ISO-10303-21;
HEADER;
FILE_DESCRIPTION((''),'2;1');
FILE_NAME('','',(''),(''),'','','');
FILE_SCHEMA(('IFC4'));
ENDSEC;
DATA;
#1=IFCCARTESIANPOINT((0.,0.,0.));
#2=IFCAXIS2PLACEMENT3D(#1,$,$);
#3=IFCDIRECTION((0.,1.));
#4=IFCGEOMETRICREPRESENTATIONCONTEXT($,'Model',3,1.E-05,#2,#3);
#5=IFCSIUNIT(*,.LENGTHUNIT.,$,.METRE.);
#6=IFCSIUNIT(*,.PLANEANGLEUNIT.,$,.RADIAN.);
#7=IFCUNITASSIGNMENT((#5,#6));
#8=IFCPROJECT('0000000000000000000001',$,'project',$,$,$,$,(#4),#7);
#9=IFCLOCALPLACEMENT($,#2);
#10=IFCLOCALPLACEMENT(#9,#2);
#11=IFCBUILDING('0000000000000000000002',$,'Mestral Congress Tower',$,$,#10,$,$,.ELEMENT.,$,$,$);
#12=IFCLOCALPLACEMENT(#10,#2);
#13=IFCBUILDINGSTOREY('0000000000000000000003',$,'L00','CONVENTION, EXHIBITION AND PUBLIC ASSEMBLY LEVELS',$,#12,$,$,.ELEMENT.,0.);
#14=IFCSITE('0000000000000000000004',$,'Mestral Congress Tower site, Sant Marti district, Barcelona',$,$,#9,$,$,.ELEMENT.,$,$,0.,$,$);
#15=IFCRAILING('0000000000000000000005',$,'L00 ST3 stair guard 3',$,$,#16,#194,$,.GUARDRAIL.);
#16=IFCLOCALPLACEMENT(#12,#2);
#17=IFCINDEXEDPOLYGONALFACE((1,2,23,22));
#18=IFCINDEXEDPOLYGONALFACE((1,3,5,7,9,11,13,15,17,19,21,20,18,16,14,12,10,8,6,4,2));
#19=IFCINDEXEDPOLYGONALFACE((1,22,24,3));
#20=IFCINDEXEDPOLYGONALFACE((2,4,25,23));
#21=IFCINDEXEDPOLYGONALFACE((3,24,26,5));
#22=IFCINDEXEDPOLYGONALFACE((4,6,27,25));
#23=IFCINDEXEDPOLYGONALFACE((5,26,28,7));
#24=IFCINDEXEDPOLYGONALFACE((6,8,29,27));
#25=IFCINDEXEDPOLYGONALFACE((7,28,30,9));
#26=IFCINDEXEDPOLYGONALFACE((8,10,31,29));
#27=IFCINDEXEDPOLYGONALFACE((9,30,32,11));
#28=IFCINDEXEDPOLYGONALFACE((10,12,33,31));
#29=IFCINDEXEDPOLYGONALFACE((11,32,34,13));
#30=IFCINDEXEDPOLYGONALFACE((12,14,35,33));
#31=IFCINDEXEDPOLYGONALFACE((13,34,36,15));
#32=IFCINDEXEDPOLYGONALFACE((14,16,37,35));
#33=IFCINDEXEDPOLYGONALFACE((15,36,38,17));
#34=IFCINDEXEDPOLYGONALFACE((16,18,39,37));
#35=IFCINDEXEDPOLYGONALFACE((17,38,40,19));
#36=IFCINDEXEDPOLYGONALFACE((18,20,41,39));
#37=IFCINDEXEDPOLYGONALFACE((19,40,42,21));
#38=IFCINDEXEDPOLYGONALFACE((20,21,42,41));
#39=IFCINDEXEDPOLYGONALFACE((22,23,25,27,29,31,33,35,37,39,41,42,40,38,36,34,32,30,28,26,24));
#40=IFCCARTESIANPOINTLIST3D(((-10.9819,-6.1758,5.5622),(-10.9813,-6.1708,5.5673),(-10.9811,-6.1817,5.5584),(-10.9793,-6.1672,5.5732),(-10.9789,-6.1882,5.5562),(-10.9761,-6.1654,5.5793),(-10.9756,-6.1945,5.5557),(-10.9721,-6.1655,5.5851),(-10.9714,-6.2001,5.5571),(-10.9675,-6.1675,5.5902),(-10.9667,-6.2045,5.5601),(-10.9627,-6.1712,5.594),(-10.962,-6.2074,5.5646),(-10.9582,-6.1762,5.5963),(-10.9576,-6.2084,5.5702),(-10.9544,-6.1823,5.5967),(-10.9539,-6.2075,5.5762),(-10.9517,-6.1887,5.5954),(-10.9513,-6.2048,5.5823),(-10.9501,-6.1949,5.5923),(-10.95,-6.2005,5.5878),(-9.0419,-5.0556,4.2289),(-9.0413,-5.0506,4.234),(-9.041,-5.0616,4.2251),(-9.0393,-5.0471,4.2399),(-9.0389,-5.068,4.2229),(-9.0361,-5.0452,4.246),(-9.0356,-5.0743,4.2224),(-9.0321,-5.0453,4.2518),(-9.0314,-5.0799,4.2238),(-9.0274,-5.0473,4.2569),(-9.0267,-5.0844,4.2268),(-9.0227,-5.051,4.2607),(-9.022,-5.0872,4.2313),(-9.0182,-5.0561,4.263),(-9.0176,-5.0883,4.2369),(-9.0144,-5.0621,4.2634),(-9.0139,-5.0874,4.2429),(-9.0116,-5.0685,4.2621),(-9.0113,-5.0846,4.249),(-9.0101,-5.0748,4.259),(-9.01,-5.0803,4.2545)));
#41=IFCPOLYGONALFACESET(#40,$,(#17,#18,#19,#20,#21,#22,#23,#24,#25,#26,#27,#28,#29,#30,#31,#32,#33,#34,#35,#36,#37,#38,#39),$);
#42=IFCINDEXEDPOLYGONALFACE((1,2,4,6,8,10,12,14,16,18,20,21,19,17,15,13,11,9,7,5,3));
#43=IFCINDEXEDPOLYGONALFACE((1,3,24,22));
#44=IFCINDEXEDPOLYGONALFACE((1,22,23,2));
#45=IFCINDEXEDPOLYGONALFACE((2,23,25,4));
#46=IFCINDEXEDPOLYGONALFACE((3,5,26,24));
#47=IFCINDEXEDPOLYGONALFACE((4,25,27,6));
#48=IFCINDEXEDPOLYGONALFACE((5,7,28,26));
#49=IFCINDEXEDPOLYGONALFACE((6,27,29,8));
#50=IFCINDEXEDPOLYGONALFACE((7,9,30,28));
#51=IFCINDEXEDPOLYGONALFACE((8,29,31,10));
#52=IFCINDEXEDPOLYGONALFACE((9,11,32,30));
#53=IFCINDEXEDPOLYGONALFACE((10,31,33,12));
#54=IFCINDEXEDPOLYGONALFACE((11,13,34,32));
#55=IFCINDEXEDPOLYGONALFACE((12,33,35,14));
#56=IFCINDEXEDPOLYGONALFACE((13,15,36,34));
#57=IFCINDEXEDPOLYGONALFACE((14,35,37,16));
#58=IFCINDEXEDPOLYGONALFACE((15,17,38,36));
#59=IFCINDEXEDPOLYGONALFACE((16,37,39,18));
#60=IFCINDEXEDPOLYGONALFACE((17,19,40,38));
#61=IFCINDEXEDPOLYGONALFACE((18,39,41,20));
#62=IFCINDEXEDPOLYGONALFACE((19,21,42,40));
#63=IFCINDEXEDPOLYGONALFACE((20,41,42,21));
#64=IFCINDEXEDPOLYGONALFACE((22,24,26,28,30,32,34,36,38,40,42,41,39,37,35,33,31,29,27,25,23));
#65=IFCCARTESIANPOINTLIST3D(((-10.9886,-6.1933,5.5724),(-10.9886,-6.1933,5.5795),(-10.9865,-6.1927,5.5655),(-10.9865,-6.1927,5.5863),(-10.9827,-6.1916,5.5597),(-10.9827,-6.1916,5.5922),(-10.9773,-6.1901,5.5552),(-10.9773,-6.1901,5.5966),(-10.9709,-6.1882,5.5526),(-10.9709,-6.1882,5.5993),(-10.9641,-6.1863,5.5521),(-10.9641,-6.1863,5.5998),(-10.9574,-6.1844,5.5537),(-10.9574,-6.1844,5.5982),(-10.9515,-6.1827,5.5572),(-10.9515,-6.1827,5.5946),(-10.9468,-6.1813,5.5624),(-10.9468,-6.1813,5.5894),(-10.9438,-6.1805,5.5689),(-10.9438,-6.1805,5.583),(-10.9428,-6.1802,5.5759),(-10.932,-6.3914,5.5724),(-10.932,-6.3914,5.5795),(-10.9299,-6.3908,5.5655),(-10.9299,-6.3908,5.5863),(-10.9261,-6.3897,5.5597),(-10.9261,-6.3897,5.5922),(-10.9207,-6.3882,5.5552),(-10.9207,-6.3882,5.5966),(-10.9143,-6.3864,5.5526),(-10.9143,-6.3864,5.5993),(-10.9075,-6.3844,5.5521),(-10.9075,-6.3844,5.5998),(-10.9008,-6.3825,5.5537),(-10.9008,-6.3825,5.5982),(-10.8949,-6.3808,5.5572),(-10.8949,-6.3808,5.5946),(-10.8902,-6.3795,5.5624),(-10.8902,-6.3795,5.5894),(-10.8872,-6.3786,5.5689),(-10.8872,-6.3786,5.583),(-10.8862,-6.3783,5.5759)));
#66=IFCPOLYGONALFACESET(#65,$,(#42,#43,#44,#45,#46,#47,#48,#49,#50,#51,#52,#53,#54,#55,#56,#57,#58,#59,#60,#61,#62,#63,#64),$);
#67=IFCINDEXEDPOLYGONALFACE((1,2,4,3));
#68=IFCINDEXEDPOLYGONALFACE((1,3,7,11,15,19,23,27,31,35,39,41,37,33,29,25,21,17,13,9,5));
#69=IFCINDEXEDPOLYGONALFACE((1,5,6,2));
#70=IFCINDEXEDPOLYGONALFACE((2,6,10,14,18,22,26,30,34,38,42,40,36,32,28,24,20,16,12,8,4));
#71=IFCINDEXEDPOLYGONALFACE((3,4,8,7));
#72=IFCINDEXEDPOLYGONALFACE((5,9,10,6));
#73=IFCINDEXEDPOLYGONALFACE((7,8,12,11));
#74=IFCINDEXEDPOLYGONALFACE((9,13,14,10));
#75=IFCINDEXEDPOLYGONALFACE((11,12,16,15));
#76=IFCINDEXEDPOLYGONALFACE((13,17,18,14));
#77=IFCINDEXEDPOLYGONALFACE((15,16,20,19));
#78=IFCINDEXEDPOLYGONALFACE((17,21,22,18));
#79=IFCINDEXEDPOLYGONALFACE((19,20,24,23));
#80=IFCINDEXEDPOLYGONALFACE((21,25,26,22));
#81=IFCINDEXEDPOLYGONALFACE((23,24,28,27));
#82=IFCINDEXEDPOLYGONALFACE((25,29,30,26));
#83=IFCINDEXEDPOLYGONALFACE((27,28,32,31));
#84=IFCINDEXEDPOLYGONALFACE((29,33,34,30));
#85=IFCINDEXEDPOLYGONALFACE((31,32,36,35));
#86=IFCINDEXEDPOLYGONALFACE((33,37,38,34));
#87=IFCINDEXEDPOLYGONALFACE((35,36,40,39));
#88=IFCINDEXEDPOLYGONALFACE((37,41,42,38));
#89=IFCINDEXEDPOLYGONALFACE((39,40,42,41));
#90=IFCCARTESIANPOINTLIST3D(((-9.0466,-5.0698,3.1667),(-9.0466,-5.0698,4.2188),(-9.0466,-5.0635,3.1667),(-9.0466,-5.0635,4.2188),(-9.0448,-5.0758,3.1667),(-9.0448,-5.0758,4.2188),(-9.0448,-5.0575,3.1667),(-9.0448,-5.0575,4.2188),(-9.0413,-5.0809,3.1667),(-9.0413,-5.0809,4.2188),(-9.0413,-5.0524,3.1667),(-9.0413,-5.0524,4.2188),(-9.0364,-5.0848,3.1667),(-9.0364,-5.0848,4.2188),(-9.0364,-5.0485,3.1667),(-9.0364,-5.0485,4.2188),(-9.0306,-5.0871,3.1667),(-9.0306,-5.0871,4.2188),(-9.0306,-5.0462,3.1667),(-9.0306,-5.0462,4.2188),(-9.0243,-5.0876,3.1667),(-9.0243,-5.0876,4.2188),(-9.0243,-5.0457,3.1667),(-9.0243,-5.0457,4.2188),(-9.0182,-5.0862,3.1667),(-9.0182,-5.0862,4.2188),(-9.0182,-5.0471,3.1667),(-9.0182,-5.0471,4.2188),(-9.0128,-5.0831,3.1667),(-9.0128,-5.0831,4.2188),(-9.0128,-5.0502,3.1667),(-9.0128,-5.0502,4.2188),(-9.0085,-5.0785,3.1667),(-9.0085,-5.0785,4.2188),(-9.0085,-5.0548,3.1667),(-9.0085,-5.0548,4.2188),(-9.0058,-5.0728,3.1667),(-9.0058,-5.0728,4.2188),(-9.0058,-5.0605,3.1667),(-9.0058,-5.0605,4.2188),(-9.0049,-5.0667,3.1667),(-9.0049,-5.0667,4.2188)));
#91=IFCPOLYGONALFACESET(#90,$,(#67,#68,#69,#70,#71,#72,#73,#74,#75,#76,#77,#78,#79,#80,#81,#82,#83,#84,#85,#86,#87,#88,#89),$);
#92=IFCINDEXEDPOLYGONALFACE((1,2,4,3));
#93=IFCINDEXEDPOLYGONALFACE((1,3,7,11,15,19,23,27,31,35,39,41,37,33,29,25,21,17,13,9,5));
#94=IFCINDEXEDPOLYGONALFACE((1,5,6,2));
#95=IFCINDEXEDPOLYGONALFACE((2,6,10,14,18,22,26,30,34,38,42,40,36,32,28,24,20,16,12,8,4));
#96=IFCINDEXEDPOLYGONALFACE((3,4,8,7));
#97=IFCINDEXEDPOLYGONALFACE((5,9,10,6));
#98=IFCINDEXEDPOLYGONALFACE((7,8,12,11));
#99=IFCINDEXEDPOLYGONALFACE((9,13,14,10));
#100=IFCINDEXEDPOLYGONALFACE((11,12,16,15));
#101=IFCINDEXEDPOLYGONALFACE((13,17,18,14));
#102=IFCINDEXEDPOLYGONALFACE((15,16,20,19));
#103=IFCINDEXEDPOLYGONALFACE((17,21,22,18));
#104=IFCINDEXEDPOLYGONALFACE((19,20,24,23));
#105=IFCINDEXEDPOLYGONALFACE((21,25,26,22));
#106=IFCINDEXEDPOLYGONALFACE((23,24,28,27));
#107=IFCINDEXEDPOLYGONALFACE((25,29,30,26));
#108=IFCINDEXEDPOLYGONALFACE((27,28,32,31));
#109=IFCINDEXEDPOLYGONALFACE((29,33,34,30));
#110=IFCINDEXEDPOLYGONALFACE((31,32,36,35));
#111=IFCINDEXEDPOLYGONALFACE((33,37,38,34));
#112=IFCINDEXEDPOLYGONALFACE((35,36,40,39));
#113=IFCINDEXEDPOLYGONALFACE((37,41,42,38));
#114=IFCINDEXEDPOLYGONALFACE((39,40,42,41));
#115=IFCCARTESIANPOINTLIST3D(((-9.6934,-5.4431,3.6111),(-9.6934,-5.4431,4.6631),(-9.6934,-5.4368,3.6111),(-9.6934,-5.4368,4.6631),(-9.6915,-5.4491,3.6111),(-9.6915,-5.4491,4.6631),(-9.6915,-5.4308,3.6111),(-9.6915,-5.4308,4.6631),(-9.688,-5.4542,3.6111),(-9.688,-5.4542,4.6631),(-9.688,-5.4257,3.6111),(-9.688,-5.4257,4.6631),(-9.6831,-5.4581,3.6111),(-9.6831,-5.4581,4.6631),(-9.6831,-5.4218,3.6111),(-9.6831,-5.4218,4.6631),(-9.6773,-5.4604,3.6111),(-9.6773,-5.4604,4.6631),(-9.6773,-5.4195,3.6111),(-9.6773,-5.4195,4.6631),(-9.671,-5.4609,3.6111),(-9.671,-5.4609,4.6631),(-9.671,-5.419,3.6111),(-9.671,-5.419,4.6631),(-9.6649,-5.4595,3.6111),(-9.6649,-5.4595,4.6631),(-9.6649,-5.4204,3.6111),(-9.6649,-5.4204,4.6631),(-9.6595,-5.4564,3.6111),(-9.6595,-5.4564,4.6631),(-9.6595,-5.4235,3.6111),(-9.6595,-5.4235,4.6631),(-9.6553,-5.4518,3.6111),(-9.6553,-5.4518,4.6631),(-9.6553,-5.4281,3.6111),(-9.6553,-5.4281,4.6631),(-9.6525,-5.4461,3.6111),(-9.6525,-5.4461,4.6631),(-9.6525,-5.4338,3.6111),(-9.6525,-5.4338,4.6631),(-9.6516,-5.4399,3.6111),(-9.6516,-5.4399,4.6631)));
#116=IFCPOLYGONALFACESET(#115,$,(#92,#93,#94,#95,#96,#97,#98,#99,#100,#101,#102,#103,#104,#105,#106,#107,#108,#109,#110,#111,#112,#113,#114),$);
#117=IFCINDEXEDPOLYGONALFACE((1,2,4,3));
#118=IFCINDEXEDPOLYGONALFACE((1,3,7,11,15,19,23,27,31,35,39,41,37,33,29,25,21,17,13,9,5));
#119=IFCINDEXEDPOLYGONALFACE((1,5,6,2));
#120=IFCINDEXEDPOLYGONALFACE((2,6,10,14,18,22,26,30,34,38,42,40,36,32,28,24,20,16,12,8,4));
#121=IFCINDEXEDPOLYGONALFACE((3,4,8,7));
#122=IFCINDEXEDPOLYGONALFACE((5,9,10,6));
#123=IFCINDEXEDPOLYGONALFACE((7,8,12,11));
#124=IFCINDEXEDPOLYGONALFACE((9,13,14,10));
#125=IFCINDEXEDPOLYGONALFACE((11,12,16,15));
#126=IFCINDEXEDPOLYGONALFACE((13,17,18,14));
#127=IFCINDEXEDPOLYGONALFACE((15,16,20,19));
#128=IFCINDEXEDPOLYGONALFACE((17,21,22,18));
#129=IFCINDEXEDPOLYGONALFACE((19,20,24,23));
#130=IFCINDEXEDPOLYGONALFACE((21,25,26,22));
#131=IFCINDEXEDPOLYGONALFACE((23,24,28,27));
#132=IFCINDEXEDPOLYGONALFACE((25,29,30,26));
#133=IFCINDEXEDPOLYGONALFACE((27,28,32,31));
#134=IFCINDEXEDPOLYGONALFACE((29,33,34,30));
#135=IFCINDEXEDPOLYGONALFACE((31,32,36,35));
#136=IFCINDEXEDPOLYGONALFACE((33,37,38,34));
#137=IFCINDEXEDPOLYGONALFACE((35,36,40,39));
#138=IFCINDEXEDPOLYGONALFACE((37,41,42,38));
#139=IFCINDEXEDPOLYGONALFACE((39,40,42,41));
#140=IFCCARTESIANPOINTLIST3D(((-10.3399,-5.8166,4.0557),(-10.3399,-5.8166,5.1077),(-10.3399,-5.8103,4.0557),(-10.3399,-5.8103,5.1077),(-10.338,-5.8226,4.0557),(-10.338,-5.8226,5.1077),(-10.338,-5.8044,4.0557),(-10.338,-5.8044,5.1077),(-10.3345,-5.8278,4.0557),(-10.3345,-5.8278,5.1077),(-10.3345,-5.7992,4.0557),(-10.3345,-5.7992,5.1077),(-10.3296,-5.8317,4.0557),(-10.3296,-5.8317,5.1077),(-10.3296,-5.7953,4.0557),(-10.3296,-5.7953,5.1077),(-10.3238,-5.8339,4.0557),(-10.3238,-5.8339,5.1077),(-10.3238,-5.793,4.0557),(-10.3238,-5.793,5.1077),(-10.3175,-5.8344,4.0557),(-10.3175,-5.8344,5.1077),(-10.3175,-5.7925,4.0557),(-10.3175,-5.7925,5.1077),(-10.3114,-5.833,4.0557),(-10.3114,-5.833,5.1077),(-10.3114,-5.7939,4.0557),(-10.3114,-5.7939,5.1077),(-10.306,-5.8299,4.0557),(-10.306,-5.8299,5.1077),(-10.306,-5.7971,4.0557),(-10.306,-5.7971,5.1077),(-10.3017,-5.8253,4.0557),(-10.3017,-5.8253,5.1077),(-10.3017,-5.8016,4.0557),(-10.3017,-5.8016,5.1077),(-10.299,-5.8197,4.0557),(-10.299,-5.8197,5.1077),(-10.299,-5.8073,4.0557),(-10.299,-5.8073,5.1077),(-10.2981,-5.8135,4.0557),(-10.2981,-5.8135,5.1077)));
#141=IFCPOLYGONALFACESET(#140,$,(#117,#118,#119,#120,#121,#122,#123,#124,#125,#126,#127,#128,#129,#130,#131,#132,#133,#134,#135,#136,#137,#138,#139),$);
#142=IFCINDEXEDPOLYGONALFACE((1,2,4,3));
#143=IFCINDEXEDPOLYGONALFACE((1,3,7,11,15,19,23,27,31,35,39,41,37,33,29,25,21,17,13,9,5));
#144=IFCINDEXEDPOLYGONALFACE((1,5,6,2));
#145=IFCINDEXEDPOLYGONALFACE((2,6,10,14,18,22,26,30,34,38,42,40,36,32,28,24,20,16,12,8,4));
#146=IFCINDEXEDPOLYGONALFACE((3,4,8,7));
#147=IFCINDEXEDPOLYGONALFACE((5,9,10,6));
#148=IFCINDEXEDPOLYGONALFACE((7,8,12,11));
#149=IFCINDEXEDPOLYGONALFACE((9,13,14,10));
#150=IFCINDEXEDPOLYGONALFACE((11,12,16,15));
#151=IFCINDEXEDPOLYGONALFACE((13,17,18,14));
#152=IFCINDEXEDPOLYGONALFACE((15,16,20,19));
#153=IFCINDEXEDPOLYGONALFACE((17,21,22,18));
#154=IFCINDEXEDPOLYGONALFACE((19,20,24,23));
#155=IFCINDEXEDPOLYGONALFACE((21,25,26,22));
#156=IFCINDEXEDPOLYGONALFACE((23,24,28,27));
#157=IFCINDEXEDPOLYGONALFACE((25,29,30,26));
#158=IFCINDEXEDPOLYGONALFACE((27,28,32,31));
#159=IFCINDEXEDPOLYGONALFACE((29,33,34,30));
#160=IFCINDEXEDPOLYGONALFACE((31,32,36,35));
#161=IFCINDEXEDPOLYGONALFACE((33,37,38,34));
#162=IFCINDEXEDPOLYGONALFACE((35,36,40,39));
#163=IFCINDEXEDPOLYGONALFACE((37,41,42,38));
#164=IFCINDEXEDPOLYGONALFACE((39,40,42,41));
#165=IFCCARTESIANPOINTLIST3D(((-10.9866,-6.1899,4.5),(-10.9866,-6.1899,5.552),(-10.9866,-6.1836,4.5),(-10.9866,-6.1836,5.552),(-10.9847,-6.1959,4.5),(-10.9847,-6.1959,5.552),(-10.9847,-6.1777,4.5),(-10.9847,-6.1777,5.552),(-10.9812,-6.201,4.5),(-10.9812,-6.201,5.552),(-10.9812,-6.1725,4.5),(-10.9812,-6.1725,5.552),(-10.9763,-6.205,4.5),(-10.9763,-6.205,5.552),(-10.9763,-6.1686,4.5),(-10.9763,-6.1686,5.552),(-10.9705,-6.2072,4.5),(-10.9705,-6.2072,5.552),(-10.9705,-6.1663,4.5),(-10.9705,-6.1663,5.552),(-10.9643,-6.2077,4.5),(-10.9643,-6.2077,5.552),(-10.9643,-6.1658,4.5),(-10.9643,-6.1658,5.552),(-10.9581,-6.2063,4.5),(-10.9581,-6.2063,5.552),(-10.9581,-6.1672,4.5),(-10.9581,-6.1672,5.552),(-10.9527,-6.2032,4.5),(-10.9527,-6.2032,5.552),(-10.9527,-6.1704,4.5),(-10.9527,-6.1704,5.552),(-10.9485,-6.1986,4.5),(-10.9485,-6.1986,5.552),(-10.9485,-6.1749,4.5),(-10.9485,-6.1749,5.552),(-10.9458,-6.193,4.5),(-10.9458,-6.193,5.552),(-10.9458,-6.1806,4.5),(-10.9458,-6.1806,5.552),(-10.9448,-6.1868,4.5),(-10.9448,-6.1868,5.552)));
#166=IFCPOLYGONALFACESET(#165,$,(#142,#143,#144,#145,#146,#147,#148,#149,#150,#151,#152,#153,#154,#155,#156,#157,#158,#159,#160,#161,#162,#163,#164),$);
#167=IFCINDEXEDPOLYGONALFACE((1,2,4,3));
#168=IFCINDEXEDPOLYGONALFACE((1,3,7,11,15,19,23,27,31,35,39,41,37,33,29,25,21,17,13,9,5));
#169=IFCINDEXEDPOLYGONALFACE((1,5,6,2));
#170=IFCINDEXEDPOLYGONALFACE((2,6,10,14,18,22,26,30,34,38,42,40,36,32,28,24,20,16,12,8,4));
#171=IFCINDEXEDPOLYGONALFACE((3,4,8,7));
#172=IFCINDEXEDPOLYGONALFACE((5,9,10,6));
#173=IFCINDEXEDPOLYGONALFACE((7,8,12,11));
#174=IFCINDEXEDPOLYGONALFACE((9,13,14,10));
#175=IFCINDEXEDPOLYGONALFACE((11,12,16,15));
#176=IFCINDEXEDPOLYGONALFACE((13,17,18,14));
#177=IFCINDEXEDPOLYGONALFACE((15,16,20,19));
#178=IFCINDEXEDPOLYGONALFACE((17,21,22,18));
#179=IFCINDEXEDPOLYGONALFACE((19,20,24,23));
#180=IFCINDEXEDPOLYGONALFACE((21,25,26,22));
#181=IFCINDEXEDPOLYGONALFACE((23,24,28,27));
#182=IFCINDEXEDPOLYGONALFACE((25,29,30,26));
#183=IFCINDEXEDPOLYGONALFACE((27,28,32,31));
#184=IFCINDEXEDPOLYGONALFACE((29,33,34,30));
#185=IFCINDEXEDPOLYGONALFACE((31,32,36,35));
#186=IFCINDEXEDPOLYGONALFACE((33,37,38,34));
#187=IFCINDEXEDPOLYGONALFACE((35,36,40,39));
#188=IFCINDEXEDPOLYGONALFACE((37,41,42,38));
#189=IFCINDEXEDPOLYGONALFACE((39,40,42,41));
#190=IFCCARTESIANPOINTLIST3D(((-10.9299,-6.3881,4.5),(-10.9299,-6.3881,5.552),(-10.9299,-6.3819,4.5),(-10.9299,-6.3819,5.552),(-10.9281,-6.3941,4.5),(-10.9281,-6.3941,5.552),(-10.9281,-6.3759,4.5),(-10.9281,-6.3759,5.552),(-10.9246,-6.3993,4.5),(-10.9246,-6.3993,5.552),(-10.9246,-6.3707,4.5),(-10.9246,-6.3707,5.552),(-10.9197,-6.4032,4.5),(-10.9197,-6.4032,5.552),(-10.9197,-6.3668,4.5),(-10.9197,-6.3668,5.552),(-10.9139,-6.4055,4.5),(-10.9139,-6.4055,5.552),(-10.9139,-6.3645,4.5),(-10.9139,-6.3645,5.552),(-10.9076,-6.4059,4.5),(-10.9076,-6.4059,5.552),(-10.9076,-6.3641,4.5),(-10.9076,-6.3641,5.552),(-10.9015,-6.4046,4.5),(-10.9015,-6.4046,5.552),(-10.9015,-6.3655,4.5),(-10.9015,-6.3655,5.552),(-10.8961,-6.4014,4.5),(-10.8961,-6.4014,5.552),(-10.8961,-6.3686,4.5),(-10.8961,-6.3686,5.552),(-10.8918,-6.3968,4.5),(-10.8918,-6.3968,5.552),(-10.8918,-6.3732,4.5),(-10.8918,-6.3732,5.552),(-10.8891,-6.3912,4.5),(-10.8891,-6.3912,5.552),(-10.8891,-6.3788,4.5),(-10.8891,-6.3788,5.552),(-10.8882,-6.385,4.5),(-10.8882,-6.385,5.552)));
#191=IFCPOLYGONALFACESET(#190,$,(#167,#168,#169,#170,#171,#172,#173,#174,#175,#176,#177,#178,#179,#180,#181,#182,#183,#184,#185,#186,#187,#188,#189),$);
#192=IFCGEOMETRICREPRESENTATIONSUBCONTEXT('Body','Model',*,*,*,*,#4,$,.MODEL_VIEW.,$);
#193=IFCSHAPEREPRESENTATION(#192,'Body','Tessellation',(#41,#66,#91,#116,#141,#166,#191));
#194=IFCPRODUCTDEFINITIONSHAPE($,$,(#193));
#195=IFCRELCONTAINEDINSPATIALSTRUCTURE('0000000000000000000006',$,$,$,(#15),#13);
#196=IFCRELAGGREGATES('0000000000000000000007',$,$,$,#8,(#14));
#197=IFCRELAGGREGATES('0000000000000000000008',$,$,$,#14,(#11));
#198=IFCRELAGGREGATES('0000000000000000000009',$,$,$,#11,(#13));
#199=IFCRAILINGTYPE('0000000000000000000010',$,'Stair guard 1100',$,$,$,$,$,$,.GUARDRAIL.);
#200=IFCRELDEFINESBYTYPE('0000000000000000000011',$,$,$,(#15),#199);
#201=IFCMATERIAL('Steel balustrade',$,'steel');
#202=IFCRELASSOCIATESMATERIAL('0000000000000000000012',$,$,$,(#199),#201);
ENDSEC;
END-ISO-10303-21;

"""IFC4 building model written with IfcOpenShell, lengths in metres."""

from ifc_helpers import new_model, si_unit, direction, frame, origin, origin_2d, place, context, subcontext, project, spatial, circle, extrude, material, type_object, element, save


model = new_model("IFC4")

# Units and contexts
model_context = context("Model", 3, precision=1e-05, world=origin(), true_north=direction((0.0, 1.0)))
body_context = subcontext(model_context, "Body", "Model", "MODEL_VIEW")
ifc_project = project(units=[si_unit("LENGTHUNIT", "METRE"), si_unit("PLANEANGLEUNIT", "RADIAN")], contexts=[model_context])

# Site, building, storey
site_placement = place(None, origin())
site = spatial("IfcSite", under=ifc_project, at=site_placement, Name="Mestral Congress Tower site, Sant Marti district, Barcelona", CompositionType="ELEMENT", RefElevation=0.0)
building_placement = place(site_placement, origin())
building = spatial("IfcBuilding", under=site, at=building_placement, Name="Mestral Congress Tower", CompositionType="ELEMENT")
storey_placement = place(building_placement, origin())
storey = spatial("IfcBuildingStorey", under=building, at=storey_placement, Name="L00", Description="CONVENTION, EXHIBITION AND PUBLIC ASSEMBLY LEVELS", CompositionType="ELEMENT", Elevation=0.0)

# Railing
ifc_material_1 = material(Name="Steel balustrade", Category="steel")
railing_type_1 = type_object("IfcRailingType", Name="Stair guard 1100", PredefinedType="GUARDRAIL", material=ifc_material_1)
for number, where, name in (
    (1, (-9.0259, -5.0667, 3.1667), "L00 ST3 stair guard 3"),
):
    element("IfcRailing", number, at=place(storey_placement, frame(where)), inside=storey, type_object=railing_type_1, Name=name, PredefinedType="GUARDRAIL", context=body_context, shape_type="SweptSolid", body=[
        extrude(circle(Radius=0.0239, at=origin_2d()), frame((0.0, 0.0, 1.0762), z_axis=(-0.744175, -0.429684, 0.511444), x_axis=(0.500031, -0.866008, 0.0)), (0.0, 0.0, 1.0), 2.6069),
        extrude(circle(Radius=0.0239, at=origin_2d()), frame((-1.9399, -1.1201, 2.4092), z_axis=(0.274721, -0.961524, 0.0), x_axis=(0.961524, 0.274721, 0.0)), (0.0, 0.0, 1.0), 0.2061),
        extrude(circle(Radius=0.021, at=origin_2d()), origin(), (0.0, 0.0, 1.0), 1.052),
        extrude(circle(Radius=0.021, at=origin_2d()), frame((-0.6467, -0.3733, 0.4443)), (0.0, 0.0, 1.0), 1.052),
        extrude(circle(Radius=0.021, at=origin_2d()), frame((-1.2932, -0.7468, 0.8889)), (0.0, 0.0, 1.0), 1.052),
        extrude(circle(Radius=0.021, at=origin_2d()), frame((-1.9399, -1.1201, 1.3333)), (0.0, 0.0, 1.0), 1.052),
        extrude(circle(Radius=0.021, at=origin_2d()), frame((-1.8833, -1.3184, 1.3333)), (0.0, 0.0, 1.0), 1.052),
    ])

save(model, "model.ifc")
